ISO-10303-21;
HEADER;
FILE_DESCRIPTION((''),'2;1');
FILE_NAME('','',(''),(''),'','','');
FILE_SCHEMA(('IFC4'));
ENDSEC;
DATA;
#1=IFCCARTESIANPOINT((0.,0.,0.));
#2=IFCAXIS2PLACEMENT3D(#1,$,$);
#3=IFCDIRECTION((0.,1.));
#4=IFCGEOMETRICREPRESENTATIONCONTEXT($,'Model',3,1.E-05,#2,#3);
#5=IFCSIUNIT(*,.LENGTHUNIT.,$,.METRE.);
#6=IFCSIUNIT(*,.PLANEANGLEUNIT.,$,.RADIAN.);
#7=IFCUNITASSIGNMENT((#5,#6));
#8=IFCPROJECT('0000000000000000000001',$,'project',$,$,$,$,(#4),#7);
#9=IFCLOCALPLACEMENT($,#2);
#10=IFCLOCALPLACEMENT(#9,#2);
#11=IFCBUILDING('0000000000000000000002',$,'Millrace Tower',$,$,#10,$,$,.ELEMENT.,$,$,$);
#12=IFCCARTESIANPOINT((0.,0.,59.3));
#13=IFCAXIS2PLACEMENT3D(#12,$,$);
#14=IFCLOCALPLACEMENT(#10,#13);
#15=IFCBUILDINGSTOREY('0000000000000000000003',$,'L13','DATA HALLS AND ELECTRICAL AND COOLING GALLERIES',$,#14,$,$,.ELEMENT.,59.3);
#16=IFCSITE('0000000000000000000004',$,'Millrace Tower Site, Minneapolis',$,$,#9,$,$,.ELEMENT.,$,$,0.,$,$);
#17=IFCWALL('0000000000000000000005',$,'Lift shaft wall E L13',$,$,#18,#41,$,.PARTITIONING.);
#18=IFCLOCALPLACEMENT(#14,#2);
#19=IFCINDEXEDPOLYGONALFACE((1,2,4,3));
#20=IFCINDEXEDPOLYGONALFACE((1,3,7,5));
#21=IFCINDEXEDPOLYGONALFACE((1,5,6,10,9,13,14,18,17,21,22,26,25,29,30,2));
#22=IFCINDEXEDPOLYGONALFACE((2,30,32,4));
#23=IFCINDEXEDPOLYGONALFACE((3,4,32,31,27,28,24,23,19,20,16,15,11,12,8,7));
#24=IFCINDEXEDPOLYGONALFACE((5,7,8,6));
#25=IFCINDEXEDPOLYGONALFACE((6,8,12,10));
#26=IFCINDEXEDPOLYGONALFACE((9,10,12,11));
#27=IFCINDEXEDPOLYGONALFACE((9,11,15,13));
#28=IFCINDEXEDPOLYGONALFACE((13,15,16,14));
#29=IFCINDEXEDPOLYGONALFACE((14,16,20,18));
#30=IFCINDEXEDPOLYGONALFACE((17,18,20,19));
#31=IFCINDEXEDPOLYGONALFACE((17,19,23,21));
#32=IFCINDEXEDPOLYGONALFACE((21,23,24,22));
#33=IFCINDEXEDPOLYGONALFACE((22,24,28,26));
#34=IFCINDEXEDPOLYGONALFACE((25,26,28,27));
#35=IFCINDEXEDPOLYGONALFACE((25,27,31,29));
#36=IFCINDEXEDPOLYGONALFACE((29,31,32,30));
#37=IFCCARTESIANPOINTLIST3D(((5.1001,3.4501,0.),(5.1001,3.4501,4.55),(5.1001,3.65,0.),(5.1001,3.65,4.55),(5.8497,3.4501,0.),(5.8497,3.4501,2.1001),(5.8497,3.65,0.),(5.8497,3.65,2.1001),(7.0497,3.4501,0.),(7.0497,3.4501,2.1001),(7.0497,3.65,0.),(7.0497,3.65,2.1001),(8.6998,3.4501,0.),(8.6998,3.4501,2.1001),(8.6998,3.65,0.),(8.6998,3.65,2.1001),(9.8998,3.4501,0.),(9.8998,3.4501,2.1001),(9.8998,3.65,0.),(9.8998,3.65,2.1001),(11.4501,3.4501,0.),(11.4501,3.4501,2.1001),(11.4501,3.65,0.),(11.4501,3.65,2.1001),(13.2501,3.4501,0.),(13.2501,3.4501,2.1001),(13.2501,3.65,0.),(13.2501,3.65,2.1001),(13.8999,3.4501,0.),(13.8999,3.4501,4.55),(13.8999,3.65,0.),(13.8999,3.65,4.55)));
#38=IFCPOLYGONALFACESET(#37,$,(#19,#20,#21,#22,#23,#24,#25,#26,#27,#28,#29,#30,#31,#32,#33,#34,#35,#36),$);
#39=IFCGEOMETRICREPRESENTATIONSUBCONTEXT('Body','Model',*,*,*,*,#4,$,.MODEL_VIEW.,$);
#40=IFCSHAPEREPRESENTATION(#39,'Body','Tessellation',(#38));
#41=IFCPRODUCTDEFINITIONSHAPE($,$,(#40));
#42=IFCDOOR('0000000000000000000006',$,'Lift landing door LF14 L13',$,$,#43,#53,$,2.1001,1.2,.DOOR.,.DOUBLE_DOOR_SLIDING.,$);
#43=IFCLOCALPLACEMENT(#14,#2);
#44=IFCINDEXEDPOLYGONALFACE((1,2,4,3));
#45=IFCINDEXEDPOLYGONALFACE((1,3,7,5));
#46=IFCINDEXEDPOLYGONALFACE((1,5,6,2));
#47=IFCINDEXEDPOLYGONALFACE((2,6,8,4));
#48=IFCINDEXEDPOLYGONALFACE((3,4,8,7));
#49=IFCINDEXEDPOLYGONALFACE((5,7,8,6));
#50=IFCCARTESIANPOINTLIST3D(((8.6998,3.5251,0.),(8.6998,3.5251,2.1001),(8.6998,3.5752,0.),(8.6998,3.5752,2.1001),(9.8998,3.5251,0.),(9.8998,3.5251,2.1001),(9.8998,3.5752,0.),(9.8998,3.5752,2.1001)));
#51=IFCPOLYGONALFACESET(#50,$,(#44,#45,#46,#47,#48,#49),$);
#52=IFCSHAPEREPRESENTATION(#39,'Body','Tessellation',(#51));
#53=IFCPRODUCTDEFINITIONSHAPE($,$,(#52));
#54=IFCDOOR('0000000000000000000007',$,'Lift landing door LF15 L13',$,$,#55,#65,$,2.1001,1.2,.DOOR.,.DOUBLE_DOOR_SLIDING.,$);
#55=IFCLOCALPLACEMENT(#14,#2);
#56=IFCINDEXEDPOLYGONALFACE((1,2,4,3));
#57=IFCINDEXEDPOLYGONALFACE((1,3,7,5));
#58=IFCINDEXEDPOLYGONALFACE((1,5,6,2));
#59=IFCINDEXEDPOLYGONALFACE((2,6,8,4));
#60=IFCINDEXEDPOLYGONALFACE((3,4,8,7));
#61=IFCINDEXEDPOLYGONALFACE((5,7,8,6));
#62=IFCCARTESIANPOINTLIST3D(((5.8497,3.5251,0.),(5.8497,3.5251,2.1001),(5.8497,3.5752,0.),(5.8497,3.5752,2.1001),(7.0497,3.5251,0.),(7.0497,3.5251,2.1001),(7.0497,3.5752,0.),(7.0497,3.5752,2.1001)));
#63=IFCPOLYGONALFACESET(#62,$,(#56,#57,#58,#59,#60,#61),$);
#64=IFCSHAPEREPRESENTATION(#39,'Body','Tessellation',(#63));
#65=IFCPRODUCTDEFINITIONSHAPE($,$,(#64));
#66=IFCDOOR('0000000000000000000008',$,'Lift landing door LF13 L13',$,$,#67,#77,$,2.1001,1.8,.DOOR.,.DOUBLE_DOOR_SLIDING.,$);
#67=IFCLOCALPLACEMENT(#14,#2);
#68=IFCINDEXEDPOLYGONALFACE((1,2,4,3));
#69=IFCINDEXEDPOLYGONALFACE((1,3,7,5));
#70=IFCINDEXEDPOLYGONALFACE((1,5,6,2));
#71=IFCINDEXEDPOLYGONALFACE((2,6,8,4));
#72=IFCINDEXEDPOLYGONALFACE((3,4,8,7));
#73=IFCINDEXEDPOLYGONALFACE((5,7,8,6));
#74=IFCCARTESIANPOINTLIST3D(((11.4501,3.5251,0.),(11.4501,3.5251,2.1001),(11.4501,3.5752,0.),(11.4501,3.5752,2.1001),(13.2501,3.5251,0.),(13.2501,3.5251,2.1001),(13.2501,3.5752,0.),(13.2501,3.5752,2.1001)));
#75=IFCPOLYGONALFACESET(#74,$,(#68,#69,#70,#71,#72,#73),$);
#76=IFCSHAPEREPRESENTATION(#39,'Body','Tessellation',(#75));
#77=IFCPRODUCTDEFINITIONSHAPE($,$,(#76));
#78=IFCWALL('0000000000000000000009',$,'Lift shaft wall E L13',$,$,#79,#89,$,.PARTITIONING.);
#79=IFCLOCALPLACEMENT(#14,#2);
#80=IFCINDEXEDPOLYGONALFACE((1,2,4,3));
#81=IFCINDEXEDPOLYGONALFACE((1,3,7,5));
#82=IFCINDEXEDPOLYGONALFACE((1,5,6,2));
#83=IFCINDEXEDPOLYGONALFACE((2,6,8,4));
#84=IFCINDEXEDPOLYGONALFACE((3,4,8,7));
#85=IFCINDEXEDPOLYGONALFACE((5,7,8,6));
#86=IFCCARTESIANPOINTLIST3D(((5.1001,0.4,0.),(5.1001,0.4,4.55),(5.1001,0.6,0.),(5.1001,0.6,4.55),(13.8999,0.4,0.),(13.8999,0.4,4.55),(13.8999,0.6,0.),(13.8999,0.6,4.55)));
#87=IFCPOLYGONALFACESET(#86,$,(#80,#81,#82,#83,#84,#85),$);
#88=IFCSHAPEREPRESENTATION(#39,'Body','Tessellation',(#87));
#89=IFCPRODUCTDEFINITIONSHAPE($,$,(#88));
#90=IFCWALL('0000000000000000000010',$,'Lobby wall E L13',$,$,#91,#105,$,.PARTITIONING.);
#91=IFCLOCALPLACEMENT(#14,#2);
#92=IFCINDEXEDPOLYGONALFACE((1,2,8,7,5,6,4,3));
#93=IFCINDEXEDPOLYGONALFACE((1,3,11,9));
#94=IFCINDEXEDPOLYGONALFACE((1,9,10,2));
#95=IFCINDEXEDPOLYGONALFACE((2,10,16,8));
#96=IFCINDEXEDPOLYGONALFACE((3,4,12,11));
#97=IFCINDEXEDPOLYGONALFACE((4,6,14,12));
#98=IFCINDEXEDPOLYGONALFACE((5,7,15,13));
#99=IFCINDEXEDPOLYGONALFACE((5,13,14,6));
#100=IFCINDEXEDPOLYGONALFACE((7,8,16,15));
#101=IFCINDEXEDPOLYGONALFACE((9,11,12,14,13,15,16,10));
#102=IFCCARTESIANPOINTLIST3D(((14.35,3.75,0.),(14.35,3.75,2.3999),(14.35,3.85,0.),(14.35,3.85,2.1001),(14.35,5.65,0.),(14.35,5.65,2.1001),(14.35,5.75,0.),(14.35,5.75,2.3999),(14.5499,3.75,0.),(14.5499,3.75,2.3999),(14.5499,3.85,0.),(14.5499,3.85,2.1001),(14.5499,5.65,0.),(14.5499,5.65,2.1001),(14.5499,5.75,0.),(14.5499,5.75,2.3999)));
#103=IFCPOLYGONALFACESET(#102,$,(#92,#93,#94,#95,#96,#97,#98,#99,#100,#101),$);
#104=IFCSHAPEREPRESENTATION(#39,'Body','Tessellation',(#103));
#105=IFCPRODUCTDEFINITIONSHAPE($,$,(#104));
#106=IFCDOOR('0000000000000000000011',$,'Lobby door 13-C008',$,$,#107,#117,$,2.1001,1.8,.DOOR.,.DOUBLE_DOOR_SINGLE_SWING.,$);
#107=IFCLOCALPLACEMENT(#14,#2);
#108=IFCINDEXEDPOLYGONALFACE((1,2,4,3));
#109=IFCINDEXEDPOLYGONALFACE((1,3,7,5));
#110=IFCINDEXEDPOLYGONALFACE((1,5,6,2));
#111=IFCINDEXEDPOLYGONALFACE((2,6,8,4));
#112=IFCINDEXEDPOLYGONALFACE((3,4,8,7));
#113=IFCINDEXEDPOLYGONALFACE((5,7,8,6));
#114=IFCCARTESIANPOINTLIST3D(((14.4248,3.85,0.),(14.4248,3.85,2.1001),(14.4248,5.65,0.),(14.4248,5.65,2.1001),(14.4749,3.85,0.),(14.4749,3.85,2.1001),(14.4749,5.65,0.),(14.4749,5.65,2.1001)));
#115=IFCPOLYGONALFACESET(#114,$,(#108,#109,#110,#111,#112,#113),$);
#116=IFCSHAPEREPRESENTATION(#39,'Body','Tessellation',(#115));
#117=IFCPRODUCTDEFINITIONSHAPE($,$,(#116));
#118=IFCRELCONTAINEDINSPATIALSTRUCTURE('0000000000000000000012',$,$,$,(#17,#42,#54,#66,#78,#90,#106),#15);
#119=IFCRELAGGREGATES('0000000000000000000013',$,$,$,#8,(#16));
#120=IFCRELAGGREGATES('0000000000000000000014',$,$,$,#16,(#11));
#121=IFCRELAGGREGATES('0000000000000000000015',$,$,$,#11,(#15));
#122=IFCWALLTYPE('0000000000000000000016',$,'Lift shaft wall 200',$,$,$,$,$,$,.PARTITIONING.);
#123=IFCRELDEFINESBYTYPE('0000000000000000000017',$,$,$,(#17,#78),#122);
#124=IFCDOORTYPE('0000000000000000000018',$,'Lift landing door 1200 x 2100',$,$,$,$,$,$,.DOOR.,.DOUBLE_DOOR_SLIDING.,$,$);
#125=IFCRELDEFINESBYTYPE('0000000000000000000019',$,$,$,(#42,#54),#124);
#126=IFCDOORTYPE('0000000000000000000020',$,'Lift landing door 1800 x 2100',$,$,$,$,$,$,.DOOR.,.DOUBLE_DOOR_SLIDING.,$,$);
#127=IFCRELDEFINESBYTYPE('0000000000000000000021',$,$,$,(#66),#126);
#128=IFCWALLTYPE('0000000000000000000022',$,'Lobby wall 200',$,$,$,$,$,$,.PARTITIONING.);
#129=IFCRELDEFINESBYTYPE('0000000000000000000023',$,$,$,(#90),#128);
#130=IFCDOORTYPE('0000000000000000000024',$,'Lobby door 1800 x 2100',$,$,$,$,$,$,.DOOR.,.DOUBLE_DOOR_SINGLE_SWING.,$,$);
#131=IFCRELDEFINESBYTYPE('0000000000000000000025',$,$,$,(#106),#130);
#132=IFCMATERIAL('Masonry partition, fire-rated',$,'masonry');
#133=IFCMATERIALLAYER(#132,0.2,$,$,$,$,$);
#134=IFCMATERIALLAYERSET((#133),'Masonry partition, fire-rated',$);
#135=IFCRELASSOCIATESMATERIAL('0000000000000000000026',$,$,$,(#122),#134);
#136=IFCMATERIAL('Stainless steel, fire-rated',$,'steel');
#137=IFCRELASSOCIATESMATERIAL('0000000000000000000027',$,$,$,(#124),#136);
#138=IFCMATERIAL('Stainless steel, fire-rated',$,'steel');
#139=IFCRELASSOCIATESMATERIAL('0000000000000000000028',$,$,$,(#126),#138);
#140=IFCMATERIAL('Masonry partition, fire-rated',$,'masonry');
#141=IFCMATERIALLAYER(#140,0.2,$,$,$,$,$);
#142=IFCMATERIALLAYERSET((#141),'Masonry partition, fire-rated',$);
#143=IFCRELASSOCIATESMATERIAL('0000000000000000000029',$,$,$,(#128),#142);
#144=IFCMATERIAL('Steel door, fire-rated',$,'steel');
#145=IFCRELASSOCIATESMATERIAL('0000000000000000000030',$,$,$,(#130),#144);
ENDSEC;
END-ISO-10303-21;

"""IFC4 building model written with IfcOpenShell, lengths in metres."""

from ifc_helpers import new_model, si_unit, direction, frame, frame_2d, origin, place, context, subcontext, project, spatial, rectangle, extrude, material, layer, layer_set, type_object, element, fill, save


model = new_model("IFC4")

# Units and contexts
model_context = context("Model", 3, precision=1e-05, world=origin(), true_north=direction((0.0, 1.0)))
body_context = subcontext(model_context, "Body", "Model", "MODEL_VIEW")
ifc_project = project(units=[si_unit("LENGTHUNIT", "METRE"), si_unit("PLANEANGLEUNIT", "RADIAN")], contexts=[model_context])

# Site, building, storey
site_placement = place(None, origin())
site = spatial("IfcSite", under=ifc_project, at=site_placement, Name="Millrace Tower Site, Minneapolis", CompositionType="ELEMENT", RefElevation=0.0)
building_placement = place(site_placement, origin())
building = spatial("IfcBuilding", under=site, at=building_placement, Name="Millrace Tower", CompositionType="ELEMENT")
storey_placement = place(building_placement, frame((0.0, 0.0, 59.3)))
storey = spatial("IfcBuildingStorey", under=building, at=storey_placement, Name="L13", Description="DATA HALLS AND ELECTRICAL AND COOLING GALLERIES", CompositionType="ELEMENT", Elevation=59.3)

# Shared definitions
ifc_material_1 = material(Name="Masonry partition, fire-rated", Category="masonry")
ifc_layer_1 = layer(ifc_material_1, 0.2)
ifc_layer_set_1 = layer_set([ifc_layer_1], Name="Masonry partition, fire-rated")
wall_type_1 = type_object("IfcWallType", Name="Lift shaft wall 200", PredefinedType="PARTITIONING", material=ifc_layer_set_1)

# Wall, openings, doors
wall_1_placement = place(storey_placement, frame((13.8999, 3.55, 0.0), z_axis=(0.0, 0.0, 1.0), x_axis=(-1.0, 0.0, 0.0)))
wall_1 = element("IfcWall", 1, at=wall_1_placement, inside=storey, type_object=wall_type_1, Name="Lift shaft wall E L13", PredefinedType="PARTITIONING", context=body_context, shape_type="SweptSolid", body=[
    extrude(rectangle(XDim=8.7998, YDim=0.2, at=frame_2d((4.3999, 0.0))), origin(), (0.0, 0.0, 1.0), 4.55),
])
opening_1_placement = place(wall_1_placement, frame((0.6499, 0.0, 0.0)))
opening_1 = element("IfcOpeningElement", 2, at=opening_1_placement, cuts=wall_1, PredefinedType="OPENING", context=body_context, shape_type="SweptSolid", body=[
    extrude(rectangle(XDim=1.8, YDim=2.1001, at=frame_2d((0.8999, 1.05))), frame((0.0, 0.1099, 0.0), z_axis=(0.0, -1.0, 0.0), x_axis=(1.0, 0.0, 0.0)), (0.0, 0.0, 1.0), 0.22),
])
opening_2_placement = place(wall_1_placement, frame((4.0, 0.0, 0.0)))
opening_2 = element("IfcOpeningElement", 3, at=opening_2_placement, cuts=wall_1, PredefinedType="OPENING", context=body_context, shape_type="SweptSolid", body=[
    extrude(rectangle(XDim=1.2, YDim=2.1001, at=frame_2d((0.6001, 1.05))), frame((0.0, 0.1099, 0.0), z_axis=(0.0, -1.0, 0.0), x_axis=(1.0, 0.0, 0.0)), (0.0, 0.0, 1.0), 0.22),
])
opening_3_placement = place(wall_1_placement, frame((6.8501, 0.0, 0.0)))
opening_3 = element("IfcOpeningElement", 4, at=opening_3_placement, cuts=wall_1, PredefinedType="OPENING", context=body_context, shape_type="SweptSolid", body=[
    extrude(rectangle(XDim=1.2, YDim=2.1001, at=frame_2d((0.6001, 1.05))), frame((0.0, 0.1099, 0.0), z_axis=(0.0, -1.0, 0.0), x_axis=(1.0, 0.0, 0.0)), (0.0, 0.0, 1.0), 0.22),
])
ifc_material_2 = material(Name="Stainless steel, fire-rated", Category="steel")
door_type_1 = type_object("IfcDoorType", Name="Lift landing door 1200 x 2100", OperationType="DOUBLE_DOOR_SLIDING", PredefinedType="DOOR", material=ifc_material_2)
door_1_placement = place(opening_2_placement, origin())
door_1 = element("IfcDoor", 5, at=door_1_placement, inside=storey, type_object=door_type_1, Name="Lift landing door LF14 L13", OperationType="DOUBLE_DOOR_SLIDING", OverallHeight=2.1001, OverallWidth=1.2, PredefinedType="DOOR", context=body_context, shape_type="SweptSolid", body=[
    extrude(rectangle(XDim=1.2, YDim=2.1001, at=frame_2d((0.6001, 1.05))), frame((0.0, 0.0249, 0.0), z_axis=(0.0, -1.0, 0.0), x_axis=(1.0, 0.0, 0.0)), (0.0, 0.0, 1.0), 0.05),
])
fill(opening_2, door_1)
door_2_placement = place(opening_3_placement, origin())
door_2 = element("IfcDoor", 6, at=door_2_placement, inside=storey, type_object=door_type_1, Name="Lift landing door LF15 L13", OperationType="DOUBLE_DOOR_SLIDING", OverallHeight=2.1001, OverallWidth=1.2, PredefinedType="DOOR", context=body_context, shape_type="SweptSolid", body=[
    extrude(rectangle(XDim=1.2, YDim=2.1001, at=frame_2d((0.6001, 1.05))), frame((0.0, 0.0249, 0.0), z_axis=(0.0, -1.0, 0.0), x_axis=(1.0, 0.0, 0.0)), (0.0, 0.0, 1.0), 0.05),
])
fill(opening_3, door_2)
ifc_material_3 = material(Name="Stainless steel, fire-rated", Category="steel")
door_type_2 = type_object("IfcDoorType", Name="Lift landing door 1800 x 2100", OperationType="DOUBLE_DOOR_SLIDING", PredefinedType="DOOR", material=ifc_material_3)
door_3_placement = place(opening_1_placement, origin())
door_3 = element("IfcDoor", 7, at=door_3_placement, inside=storey, type_object=door_type_2, Name="Lift landing door LF13 L13", OperationType="DOUBLE_DOOR_SLIDING", OverallHeight=2.1001, OverallWidth=1.8, PredefinedType="DOOR", context=body_context, shape_type="SweptSolid", body=[
    extrude(rectangle(XDim=1.8, YDim=2.1001, at=frame_2d((0.8999, 1.05))), frame((0.0, 0.0249, 0.0), z_axis=(0.0, -1.0, 0.0), x_axis=(1.0, 0.0, 0.0)), (0.0, 0.0, 1.0), 0.05),
])
fill(opening_1, door_3)

# Wall
wall_2_placement = place(storey_placement, frame((13.8999, 0.5, 0.0), z_axis=(0.0, 0.0, 1.0), x_axis=(-1.0, 0.0, 0.0)))
element("IfcWall", 8, at=wall_2_placement, inside=storey, type_object=wall_type_1, Name="Lift shaft wall E L13", PredefinedType="PARTITIONING", context=body_context, shape_type="SweptSolid", body=[
    extrude(rectangle(XDim=8.7998, YDim=0.2, at=frame_2d((4.3999, 0.0))), origin(), (0.0, 0.0, 1.0), 4.55),
])

# Wall, opening, door
ifc_material_4 = material(Name="Masonry partition, fire-rated", Category="masonry")
ifc_layer_2 = layer(ifc_material_4, 0.2)
ifc_layer_set_2 = layer_set([ifc_layer_2], Name="Masonry partition, fire-rated")
wall_type_2 = type_object("IfcWallType", Name="Lobby wall 200", PredefinedType="PARTITIONING", material=ifc_layer_set_2)
wall_3_placement = place(storey_placement, frame((14.45, 5.75, 0.0), z_axis=(0.0, 0.0, 1.0), x_axis=(0.0, -1.0, 0.0)))
wall_3 = element("IfcWall", 9, at=wall_3_placement, inside=storey, type_object=wall_type_2, Name="Lobby wall E L13", PredefinedType="PARTITIONING", context=body_context, shape_type="SweptSolid", body=[
    extrude(rectangle(XDim=2.0, YDim=0.2, at=frame_2d((1.0, 0.0))), origin(), (0.0, 0.0, 1.0), 2.3999),
])
opening_4_placement = place(wall_3_placement, frame((0.1001, 0.0, 0.0)))
opening_4 = element("IfcOpeningElement", 10, at=opening_4_placement, cuts=wall_3, PredefinedType="OPENING", context=body_context, shape_type="SweptSolid", body=[
    extrude(rectangle(XDim=1.8, YDim=2.1001, at=frame_2d((0.8999, 1.05))), frame((0.0, 0.1099, 0.0), z_axis=(0.0, -1.0, 0.0), x_axis=(1.0, 0.0, 0.0)), (0.0, 0.0, 1.0), 0.22),
])
ifc_material_5 = material(Name="Steel door, fire-rated", Category="steel")
door_type_3 = type_object("IfcDoorType", Name="Lobby door 1800 x 2100", OperationType="DOUBLE_DOOR_SINGLE_SWING", PredefinedType="DOOR", material=ifc_material_5)
door_4_placement = place(opening_4_placement, origin())
door_4 = element("IfcDoor", 11, at=door_4_placement, inside=storey, type_object=door_type_3, Name="Lobby door 13-C008", OperationType="DOUBLE_DOOR_SINGLE_SWING", OverallHeight=2.1001, OverallWidth=1.8, PredefinedType="DOOR", context=body_context, shape_type="SweptSolid", body=[
    extrude(rectangle(XDim=1.8, YDim=2.1001, at=frame_2d((0.8999, 1.05))), frame((0.0, 0.0249, 0.0), z_axis=(0.0, -1.0, 0.0), x_axis=(1.0, 0.0, 0.0)), (0.0, 0.0, 1.0), 0.05),
])
fill(opening_4, door_4)

save(model, "model.ifc")
